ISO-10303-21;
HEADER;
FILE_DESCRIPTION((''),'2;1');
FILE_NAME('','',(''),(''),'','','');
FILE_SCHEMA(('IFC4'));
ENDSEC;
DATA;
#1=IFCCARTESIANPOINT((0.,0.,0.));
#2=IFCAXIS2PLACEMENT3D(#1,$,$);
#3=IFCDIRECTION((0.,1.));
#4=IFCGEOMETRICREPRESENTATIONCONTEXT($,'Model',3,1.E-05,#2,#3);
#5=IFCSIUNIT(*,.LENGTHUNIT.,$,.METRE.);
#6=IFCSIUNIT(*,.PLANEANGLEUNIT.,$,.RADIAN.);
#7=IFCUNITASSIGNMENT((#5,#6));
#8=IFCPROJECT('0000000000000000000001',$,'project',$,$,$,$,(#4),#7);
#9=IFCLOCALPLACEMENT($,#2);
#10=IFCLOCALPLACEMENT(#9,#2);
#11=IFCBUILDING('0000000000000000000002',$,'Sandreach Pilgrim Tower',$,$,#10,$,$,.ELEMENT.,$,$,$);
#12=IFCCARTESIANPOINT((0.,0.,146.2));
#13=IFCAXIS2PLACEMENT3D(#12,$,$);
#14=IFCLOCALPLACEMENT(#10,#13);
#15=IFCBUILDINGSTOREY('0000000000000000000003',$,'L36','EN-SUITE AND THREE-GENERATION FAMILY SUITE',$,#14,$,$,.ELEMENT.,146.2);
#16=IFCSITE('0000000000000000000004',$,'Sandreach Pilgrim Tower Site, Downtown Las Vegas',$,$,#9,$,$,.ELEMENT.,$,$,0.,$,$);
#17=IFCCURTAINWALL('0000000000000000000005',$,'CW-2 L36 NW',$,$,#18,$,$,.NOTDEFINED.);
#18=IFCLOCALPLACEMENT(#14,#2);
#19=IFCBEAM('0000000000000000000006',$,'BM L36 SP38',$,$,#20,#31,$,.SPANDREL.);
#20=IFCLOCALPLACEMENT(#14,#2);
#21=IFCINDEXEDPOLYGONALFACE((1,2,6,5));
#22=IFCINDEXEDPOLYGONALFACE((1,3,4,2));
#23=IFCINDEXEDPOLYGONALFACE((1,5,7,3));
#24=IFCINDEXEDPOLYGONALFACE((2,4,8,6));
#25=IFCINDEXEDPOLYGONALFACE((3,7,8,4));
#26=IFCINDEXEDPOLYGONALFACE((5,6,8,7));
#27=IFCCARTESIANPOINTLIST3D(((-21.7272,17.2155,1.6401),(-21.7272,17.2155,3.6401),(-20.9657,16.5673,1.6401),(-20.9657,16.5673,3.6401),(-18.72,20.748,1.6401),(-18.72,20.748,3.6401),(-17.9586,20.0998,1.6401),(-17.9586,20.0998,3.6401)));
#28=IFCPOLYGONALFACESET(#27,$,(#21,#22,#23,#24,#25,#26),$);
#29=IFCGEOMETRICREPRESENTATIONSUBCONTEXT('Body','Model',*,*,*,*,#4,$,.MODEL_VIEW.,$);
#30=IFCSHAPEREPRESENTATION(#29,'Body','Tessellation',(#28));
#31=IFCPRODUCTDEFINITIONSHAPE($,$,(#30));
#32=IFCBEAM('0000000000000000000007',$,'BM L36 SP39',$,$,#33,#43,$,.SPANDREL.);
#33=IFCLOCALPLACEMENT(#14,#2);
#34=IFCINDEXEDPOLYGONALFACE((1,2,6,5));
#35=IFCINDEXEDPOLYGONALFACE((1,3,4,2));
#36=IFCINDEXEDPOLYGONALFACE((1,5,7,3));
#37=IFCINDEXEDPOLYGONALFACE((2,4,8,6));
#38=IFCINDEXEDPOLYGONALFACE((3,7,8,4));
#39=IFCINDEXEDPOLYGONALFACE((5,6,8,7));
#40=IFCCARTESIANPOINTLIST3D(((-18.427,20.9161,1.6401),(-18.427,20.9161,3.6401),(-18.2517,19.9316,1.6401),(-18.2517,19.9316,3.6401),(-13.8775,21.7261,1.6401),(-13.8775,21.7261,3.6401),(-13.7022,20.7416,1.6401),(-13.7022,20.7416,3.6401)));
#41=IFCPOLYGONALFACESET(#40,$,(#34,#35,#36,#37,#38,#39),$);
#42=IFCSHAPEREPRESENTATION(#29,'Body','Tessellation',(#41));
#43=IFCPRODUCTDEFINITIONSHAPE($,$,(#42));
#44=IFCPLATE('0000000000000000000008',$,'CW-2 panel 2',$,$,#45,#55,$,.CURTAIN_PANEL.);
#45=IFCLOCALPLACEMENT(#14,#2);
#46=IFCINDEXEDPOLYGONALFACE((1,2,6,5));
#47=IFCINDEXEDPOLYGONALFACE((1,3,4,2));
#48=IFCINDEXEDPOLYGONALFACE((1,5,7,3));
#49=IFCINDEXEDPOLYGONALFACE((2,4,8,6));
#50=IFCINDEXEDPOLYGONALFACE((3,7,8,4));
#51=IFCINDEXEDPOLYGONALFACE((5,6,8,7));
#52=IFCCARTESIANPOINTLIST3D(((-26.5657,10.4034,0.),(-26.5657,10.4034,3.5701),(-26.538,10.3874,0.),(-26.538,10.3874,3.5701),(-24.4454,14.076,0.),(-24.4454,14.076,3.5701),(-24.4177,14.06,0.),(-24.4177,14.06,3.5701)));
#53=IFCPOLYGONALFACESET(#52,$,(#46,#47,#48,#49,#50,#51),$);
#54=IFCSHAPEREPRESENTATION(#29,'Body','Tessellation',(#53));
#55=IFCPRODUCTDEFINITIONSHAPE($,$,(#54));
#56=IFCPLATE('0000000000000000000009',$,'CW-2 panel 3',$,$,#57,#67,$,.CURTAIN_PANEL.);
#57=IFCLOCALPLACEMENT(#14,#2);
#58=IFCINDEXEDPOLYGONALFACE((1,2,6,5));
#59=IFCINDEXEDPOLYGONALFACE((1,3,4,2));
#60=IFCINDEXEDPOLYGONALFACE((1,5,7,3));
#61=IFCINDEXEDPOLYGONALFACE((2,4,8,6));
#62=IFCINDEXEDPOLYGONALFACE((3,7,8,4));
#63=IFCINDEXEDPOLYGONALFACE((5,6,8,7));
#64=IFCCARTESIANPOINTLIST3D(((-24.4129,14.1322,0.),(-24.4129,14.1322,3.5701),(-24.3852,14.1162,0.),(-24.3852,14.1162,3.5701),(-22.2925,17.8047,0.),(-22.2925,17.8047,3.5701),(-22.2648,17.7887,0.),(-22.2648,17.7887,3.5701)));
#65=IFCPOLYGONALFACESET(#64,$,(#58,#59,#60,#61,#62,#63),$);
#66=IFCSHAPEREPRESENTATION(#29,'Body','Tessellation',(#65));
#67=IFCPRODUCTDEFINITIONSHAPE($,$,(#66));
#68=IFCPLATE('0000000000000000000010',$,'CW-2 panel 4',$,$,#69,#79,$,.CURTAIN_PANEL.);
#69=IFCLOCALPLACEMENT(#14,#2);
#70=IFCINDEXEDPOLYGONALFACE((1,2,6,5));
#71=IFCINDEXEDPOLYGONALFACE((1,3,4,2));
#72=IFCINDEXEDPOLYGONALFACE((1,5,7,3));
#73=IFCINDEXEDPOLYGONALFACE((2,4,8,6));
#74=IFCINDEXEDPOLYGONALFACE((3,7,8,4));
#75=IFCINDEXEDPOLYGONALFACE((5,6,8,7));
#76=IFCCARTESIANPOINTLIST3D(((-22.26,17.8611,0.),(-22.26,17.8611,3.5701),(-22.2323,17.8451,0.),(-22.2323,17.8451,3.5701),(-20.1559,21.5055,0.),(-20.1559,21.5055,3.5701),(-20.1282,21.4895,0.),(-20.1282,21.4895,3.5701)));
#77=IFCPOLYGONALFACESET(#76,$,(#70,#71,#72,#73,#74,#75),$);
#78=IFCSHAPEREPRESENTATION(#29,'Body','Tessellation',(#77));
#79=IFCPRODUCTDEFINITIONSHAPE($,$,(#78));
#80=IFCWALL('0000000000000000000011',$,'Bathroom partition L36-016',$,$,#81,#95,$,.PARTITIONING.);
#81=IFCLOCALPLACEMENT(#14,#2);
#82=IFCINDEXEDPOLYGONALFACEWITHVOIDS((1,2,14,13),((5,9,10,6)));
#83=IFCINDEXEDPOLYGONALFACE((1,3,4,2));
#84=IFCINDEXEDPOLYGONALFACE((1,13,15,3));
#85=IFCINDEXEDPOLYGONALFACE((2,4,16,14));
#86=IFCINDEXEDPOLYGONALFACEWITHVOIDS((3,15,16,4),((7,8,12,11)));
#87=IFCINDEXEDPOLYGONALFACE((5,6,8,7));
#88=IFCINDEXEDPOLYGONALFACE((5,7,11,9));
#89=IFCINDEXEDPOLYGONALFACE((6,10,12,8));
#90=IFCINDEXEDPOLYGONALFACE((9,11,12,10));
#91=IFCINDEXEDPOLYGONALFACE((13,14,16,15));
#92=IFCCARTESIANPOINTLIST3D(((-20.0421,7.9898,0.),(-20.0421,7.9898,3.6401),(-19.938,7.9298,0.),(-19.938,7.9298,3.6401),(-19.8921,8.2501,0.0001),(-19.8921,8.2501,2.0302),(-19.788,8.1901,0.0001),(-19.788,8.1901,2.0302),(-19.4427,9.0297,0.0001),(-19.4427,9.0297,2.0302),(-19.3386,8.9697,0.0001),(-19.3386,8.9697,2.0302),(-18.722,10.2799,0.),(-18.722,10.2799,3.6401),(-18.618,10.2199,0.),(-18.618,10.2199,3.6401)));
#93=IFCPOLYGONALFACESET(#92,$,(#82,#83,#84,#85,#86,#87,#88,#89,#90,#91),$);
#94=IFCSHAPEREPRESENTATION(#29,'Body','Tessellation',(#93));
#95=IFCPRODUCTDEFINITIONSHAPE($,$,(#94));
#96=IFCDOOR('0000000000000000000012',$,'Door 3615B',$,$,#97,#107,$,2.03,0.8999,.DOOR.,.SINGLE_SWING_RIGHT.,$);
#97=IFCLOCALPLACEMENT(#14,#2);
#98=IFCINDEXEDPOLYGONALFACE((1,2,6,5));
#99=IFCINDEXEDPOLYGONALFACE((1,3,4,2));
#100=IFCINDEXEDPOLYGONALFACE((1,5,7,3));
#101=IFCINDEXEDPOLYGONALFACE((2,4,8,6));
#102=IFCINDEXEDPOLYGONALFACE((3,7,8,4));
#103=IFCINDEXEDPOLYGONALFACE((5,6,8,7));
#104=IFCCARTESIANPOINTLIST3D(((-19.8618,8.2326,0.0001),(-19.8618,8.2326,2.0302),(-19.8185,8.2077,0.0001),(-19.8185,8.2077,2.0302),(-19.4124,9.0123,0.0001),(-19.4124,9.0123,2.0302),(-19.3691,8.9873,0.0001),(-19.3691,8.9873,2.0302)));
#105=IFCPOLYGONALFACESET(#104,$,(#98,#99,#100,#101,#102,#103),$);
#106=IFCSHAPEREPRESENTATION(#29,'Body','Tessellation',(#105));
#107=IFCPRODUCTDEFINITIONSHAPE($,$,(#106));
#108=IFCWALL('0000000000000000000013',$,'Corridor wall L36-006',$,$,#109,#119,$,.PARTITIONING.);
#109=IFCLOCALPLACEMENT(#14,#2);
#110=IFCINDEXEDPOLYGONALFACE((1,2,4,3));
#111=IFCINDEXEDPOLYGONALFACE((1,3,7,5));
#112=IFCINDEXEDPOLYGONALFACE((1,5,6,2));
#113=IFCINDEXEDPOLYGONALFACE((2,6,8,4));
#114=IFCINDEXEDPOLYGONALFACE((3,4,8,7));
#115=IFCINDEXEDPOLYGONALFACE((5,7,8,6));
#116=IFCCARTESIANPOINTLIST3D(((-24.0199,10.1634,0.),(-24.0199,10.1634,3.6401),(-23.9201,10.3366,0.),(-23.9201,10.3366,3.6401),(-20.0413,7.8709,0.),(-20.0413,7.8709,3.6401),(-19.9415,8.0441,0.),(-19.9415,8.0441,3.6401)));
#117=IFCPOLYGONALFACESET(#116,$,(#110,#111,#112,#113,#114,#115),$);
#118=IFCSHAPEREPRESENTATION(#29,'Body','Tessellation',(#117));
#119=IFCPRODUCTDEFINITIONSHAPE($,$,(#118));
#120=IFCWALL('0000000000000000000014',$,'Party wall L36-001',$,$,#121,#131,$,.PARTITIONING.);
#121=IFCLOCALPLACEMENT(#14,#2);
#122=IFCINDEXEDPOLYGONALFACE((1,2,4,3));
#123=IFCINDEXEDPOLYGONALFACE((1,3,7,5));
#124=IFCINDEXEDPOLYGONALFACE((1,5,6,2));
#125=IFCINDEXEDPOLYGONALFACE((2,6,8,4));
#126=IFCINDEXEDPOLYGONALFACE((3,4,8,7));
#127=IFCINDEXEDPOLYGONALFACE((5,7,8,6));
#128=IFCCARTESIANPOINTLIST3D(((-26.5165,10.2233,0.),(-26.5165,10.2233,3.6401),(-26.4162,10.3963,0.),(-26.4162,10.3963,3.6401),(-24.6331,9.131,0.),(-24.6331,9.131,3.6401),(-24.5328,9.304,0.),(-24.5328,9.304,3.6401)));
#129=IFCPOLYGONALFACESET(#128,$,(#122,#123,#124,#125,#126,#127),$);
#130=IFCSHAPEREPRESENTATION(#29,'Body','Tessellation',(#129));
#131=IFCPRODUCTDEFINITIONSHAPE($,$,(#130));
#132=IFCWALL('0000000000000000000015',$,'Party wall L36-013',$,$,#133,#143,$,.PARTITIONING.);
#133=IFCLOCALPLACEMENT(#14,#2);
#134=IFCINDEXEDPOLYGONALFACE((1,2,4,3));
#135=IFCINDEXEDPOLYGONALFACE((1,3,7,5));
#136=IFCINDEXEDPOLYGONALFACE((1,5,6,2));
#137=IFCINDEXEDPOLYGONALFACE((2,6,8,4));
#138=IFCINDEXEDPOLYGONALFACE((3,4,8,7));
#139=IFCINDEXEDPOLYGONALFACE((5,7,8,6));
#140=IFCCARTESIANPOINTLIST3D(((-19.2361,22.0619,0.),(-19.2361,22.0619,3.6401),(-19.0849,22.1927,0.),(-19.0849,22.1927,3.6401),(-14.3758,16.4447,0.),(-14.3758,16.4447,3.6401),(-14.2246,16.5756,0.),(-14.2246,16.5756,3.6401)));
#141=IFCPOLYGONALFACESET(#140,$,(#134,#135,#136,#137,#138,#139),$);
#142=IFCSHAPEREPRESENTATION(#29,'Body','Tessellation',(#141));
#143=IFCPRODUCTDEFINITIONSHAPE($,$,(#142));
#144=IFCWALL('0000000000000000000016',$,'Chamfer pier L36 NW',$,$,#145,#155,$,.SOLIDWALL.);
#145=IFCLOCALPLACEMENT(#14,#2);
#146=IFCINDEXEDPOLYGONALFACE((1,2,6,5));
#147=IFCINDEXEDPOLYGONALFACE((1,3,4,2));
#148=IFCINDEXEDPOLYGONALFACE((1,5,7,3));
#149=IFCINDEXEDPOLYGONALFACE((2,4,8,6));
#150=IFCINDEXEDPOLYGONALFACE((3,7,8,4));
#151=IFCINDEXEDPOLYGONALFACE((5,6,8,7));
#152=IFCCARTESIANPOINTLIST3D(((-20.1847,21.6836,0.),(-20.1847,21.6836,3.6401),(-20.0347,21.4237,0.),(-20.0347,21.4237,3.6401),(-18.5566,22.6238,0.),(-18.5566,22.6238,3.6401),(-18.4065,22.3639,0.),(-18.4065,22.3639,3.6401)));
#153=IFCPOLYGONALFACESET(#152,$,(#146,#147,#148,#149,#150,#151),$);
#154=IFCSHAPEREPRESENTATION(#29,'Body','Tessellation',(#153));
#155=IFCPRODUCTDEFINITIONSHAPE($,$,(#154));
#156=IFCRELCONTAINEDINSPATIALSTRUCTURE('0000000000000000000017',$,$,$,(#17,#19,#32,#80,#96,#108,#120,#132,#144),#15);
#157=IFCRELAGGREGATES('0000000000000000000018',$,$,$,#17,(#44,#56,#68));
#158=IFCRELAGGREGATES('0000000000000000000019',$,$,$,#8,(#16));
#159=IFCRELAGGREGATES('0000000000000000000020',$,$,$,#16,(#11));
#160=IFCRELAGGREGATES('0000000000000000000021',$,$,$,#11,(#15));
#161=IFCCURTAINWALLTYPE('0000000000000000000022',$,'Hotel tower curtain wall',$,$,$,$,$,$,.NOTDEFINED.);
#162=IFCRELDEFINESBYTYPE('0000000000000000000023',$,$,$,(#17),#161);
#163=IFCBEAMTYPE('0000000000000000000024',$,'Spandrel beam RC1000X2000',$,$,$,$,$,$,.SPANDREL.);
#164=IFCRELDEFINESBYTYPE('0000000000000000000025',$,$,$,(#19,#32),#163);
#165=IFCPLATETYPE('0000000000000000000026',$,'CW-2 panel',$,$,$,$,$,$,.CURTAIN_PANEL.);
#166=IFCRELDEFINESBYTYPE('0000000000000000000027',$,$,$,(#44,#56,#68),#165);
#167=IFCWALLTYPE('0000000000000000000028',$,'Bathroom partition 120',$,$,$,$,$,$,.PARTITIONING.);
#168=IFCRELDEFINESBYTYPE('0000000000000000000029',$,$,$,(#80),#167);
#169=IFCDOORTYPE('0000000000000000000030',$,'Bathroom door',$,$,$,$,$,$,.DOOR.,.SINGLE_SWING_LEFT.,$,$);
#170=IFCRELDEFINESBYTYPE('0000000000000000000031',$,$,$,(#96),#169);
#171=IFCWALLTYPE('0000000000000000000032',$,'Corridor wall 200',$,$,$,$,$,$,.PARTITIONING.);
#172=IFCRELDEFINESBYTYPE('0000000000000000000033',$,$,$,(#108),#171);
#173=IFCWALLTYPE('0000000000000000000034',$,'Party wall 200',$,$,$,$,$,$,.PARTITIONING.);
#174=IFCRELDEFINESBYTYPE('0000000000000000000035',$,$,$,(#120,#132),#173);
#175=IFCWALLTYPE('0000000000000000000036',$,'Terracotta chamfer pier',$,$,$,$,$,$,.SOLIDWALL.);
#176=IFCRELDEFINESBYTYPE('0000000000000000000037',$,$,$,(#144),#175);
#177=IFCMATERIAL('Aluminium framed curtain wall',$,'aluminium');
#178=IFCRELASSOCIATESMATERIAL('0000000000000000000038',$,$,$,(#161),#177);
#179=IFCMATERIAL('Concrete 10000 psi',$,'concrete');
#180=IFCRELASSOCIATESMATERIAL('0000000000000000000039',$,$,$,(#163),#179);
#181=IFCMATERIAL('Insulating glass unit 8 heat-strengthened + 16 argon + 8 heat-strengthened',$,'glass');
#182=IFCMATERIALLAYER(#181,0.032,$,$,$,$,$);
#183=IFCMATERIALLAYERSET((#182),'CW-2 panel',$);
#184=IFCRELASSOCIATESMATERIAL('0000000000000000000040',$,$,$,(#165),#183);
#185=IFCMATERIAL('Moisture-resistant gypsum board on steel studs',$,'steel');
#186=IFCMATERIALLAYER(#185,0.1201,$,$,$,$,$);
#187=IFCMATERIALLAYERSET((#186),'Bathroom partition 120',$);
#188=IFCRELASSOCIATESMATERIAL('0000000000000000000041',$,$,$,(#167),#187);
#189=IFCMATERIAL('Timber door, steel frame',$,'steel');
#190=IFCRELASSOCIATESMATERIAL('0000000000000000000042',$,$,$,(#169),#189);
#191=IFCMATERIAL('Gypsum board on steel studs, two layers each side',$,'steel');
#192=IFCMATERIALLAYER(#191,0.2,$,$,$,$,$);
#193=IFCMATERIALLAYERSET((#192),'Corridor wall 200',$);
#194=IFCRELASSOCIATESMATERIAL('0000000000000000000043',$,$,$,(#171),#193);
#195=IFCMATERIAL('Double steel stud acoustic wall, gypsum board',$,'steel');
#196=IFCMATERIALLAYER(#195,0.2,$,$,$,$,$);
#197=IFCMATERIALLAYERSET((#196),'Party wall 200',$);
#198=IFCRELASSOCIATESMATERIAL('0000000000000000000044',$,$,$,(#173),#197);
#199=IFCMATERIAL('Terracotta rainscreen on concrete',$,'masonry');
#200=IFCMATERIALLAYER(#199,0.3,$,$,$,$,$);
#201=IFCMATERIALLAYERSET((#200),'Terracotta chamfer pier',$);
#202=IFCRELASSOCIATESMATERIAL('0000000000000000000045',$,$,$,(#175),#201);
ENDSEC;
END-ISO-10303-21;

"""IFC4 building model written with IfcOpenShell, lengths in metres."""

from ifc_helpers import new_model, si_unit, direction, frame, frame_2d, origin, origin_2d, place, context, subcontext, project, spatial, rectangle, extrude, material, layer, layer_set, material_profile, profile_set, type_object, element, fill, aggregate, save


model = new_model("IFC4")

# Units and contexts
model_context = context("Model", 3, precision=1e-05, world=origin(), true_north=direction((0.0, 1.0)))
body_context = subcontext(model_context, "Body", "Model", "MODEL_VIEW")
ifc_project = project(units=[si_unit("LENGTHUNIT", "METRE"), si_unit("PLANEANGLEUNIT", "RADIAN")], contexts=[model_context])

# Site, building, storey
site_placement = place(None, origin())
site = spatial("IfcSite", under=ifc_project, at=site_placement, Name="Sandreach Pilgrim Tower Site, Downtown Las Vegas", CompositionType="ELEMENT", RefElevation=0.0)
building_placement = place(site_placement, origin())
building = spatial("IfcBuilding", under=site, at=building_placement, Name="Sandreach Pilgrim Tower", CompositionType="ELEMENT")
storey_placement = place(building_placement, frame((0.0, 0.0, 146.2)))
storey = spatial("IfcBuildingStorey", under=building, at=storey_placement, Name="L36", Description="EN-SUITE AND THREE-GENERATION FAMILY SUITE", CompositionType="ELEMENT", Elevation=146.2)

# Shared definitions
ifc_material_1 = material(Name="Aluminium framed curtain wall", Category="aluminium")
curtain_wall_type = type_object("IfcCurtainWallType", Name="Hotel tower curtain wall", PredefinedType="NOTDEFINED", material=ifc_material_1)

# Curtain wall
curtain_wall_1_placement = place(storey_placement, origin())
curtain_wall_1 = element("IfcCurtainWall", 1, at=curtain_wall_1_placement, inside=storey, type_object=curtain_wall_type, Name="CW-2 L36 NW", PredefinedType="NOTDEFINED")

# Beams
ifc_material_2 = material(Name="Concrete 10000 psi", Category="concrete")
ifc_material_profile_1 = material_profile(ifc_material_2, rectangle(XDim=1.0, YDim=2.0, at=origin_2d()), Name="RC1000X2000")
ifc_profile_set_1 = profile_set([ifc_material_profile_1], Name="Concrete 10000 psi")
beam_type_1 = type_object("IfcBeamType", Name="Spandrel beam RC1000X2000", PredefinedType="SPANDREL", material=ifc_profile_set_1)
beam_1_placement = place(storey_placement, frame((-21.3464, 16.8914, 2.6401), z_axis=(0.648209, 0.761463, 0.0), x_axis=(-0.761463, 0.648209, 0.0)))
element("IfcBeam", 2, at=beam_1_placement, inside=storey, type_object=beam_type_1, Name="BM L36 SP38", PredefinedType="SPANDREL", context=body_context, shape_type="SweptSolid", body=[
    extrude(rectangle(XDim=1.0, YDim=2.0, at=origin_2d()), origin(), (0.0, 0.0, 1.0), 4.6392),
])
beam_2_placement = place(storey_placement, frame((-18.3394, 20.4238, 2.6401), z_axis=(0.984516, 0.175295, 0.0), x_axis=(-0.175295, 0.984516, 0.0)))
element("IfcBeam", 3, at=beam_2_placement, inside=storey, type_object=beam_type_1, Name="BM L36 SP39", PredefinedType="SPANDREL", context=body_context, shape_type="SweptSolid", body=[
    extrude(rectangle(XDim=1.0, YDim=2.0, at=origin_2d()), origin(), (0.0, 0.0, 1.0), 4.6211),
])

# Plates
ifc_material_3 = material(Name="Insulating glass unit 8 heat-strengthened + 16 argon + 8 heat-strengthened", Category="glass")
ifc_layer_1 = layer(ifc_material_3, 0.032)
ifc_layer_set_1 = layer_set([ifc_layer_1], Name="CW-2 panel")
plate_type = type_object("IfcPlateType", Name="CW-2 panel", PredefinedType="CURTAIN_PANEL", material=ifc_layer_set_1)
plate_1_placement = place(storey_placement, frame((-25.4917, 12.2317, 0.0), z_axis=(0.0, 0.0, 1.0), x_axis=(0.5, 0.866025, 0.0)))
plate_1 = element("IfcPlate", 4, at=plate_1_placement, type_object=plate_type, Name="CW-2 panel 2", PredefinedType="CURTAIN_PANEL", context=body_context, shape_type="SweptSolid", body=[
    extrude(rectangle(XDim=4.2407, YDim=0.032, at=origin_2d()), origin(), (0.0, 0.0, 1.0), 3.5701),
])
plate_2_placement = place(storey_placement, frame((-23.3389, 15.9604, 0.0), z_axis=(0.0, 0.0, 1.0), x_axis=(0.5, 0.866025, 0.0)))
plate_2 = element("IfcPlate", 5, at=plate_2_placement, type_object=plate_type, Name="CW-2 panel 3", PredefinedType="CURTAIN_PANEL", context=body_context, shape_type="SweptSolid", body=[
    extrude(rectangle(XDim=4.2407, YDim=0.032, at=origin_2d()), origin(), (0.0, 0.0, 1.0), 3.5701),
])
plate_3_placement = place(storey_placement, frame((-21.1941, 19.6753, 0.0), z_axis=(0.0, 0.0, 1.0), x_axis=(0.5, 0.866025, 0.0)))
plate_3 = element("IfcPlate", 6, at=plate_3_placement, type_object=plate_type, Name="CW-2 panel 4", PredefinedType="CURTAIN_PANEL", context=body_context, shape_type="SweptSolid", body=[
    extrude(rectangle(XDim=4.2083, YDim=0.032, at=origin_2d()), origin(), (0.0, 0.0, 1.0), 3.5701),
])
aggregate(curtain_wall_1, [plate_1, plate_2, plate_3])

# Wall, opening, door
ifc_material_4 = material(Name="Moisture-resistant gypsum board on steel studs", Category="steel")
ifc_layer_2 = layer(ifc_material_4, 0.1201)
ifc_layer_set_2 = layer_set([ifc_layer_2], Name="Bathroom partition 120")
wall_type_1 = type_object("IfcWallType", Name="Bathroom partition 120", PredefinedType="PARTITIONING", material=ifc_layer_set_2)
wall_1_placement = place(storey_placement, frame((-18.6699, 10.25, 0.0), z_axis=(0.0, 0.0, 1.0), x_axis=(-0.499408, -0.866367, 0.0)))
wall_1 = element("IfcWall", 7, at=wall_1_placement, inside=storey, type_object=wall_type_1, Name="Bathroom partition L36-016", PredefinedType="PARTITIONING", context=body_context, shape_type="SweptSolid", body=[
    extrude(rectangle(XDim=2.6433, YDim=0.1201, at=frame_2d((1.3218, 0.0))), origin(), (0.0, 0.0, 1.0), 3.6401),
])
opening_placement = place(wall_1_placement, frame((1.4431, 0.0, 0.0)))
opening = element("IfcOpeningElement", 8, at=opening_placement, cuts=wall_1, PredefinedType="OPENING", context=body_context, shape_type="SweptSolid", body=[
    extrude(rectangle(XDim=0.8999, YDim=2.03, at=frame_2d((0.45, 1.0151))), frame((0.0, 0.0601, 0.0), z_axis=(0.0, -1.0, 0.0), x_axis=(1.0, 0.0, 0.0)), (0.0, 0.0, 1.0), 0.1201),
])
ifc_material_5 = material(Name="Timber door, steel frame", Category="steel")
door_type = type_object("IfcDoorType", Name="Bathroom door", OperationType="SINGLE_SWING_LEFT", PredefinedType="DOOR", material=ifc_material_5)
door_placement = place(opening_placement, origin())
door = element("IfcDoor", 9, at=door_placement, inside=storey, type_object=door_type, Name="Door 3615B", OperationType="SINGLE_SWING_RIGHT", OverallHeight=2.03, OverallWidth=0.8999, PredefinedType="DOOR", context=body_context, shape_type="SweptSolid", body=[
    extrude(rectangle(XDim=0.8999, YDim=2.03, at=frame_2d((0.45, 1.0151))), frame((0.0, 0.0249, 0.0), z_axis=(0.0, -1.0, 0.0), x_axis=(1.0, 0.0, 0.0)), (0.0, 0.0, 1.0), 0.05),
])
fill(opening, door)

# Walls
ifc_material_6 = material(Name="Gypsum board on steel studs, two layers each side", Category="steel")
ifc_layer_3 = layer(ifc_material_6, 0.2)
ifc_layer_set_3 = layer_set([ifc_layer_3], Name="Corridor wall 200")
wall_type_2 = type_object("IfcWallType", Name="Corridor wall 200", PredefinedType="PARTITIONING", material=ifc_layer_set_3)
wall_2_placement = place(storey_placement, frame((-23.97, 10.25, 0.0), z_axis=(0.0, 0.0, 1.0), x_axis=(0.866451, -0.499262, 0.0)))
element("IfcWall", 10, at=wall_2_placement, inside=storey, type_object=wall_type_2, Name="Corridor wall L36-006", PredefinedType="PARTITIONING", context=body_context, shape_type="SweptSolid", body=[
    extrude(rectangle(XDim=4.5918, YDim=0.2, at=frame_2d((2.2959, 0.0))), origin(), (0.0, 0.0, 1.0), 3.6401),
])
ifc_material_7 = material(Name="Double steel stud acoustic wall, gypsum board", Category="steel")
ifc_layer_4 = layer(ifc_material_7, 0.2)
ifc_layer_set_4 = layer_set([ifc_layer_4], Name="Party wall 200")
wall_type_3 = type_object("IfcWallType", Name="Party wall 200", PredefinedType="PARTITIONING", material=ifc_layer_set_4)
wall_3_placement = place(storey_placement, frame((-26.4663, 10.3098, 0.0), z_axis=(0.0, 0.0, 1.0), x_axis=(0.865037, -0.501708, 0.0)))
element("IfcWall", 11, at=wall_3_placement, inside=storey, type_object=wall_type_3, Name="Party wall L36-001", PredefinedType="PARTITIONING", context=body_context, shape_type="SweptSolid", body=[
    extrude(rectangle(XDim=2.1772, YDim=0.2, at=frame_2d((1.0886, 0.0))), origin(), (0.0, 0.0, 1.0), 3.6401),
])
wall_4_placement = place(storey_placement, frame((-19.1604, 22.1272, 0.0), z_axis=(0.0, 0.0, 1.0), x_axis=(0.654325, -0.756214, 0.0)))
element("IfcWall", 12, at=wall_4_placement, inside=storey, type_object=wall_type_3, Name="Party wall L36-013", PredefinedType="PARTITIONING", context=body_context, shape_type="SweptSolid", body=[
    extrude(rectangle(XDim=7.428, YDim=0.2, at=frame_2d((3.7139, 0.0))), origin(), (0.0, 0.0, 1.0), 3.6401),
])
ifc_material_8 = material(Name="Terracotta rainscreen on concrete", Category="masonry")
ifc_layer_5 = layer(ifc_material_8, 0.3)
ifc_layer_set_5 = layer_set([ifc_layer_5], Name="Terracotta chamfer pier")
wall_type_4 = type_object("IfcWallType", Name="Terracotta chamfer pier", PredefinedType="SOLIDWALL", material=ifc_layer_set_5)
wall_5_placement = place(storey_placement, frame((-20.1096, 21.5537, 0.0), z_axis=(0.0, 0.0, 1.0), x_axis=(0.865989, 0.500063, 0.0)))
element("IfcWall", 13, at=wall_5_placement, inside=storey, type_object=wall_type_4, Name="Chamfer pier L36 NW", PredefinedType="SOLIDWALL", context=body_context, shape_type="SweptSolid", body=[
    extrude(rectangle(XDim=1.8801, YDim=0.3, at=frame_2d((0.9399, 0.0))), origin(), (0.0, 0.0, 1.0), 3.6401),
])

save(model, "model.ifc")
